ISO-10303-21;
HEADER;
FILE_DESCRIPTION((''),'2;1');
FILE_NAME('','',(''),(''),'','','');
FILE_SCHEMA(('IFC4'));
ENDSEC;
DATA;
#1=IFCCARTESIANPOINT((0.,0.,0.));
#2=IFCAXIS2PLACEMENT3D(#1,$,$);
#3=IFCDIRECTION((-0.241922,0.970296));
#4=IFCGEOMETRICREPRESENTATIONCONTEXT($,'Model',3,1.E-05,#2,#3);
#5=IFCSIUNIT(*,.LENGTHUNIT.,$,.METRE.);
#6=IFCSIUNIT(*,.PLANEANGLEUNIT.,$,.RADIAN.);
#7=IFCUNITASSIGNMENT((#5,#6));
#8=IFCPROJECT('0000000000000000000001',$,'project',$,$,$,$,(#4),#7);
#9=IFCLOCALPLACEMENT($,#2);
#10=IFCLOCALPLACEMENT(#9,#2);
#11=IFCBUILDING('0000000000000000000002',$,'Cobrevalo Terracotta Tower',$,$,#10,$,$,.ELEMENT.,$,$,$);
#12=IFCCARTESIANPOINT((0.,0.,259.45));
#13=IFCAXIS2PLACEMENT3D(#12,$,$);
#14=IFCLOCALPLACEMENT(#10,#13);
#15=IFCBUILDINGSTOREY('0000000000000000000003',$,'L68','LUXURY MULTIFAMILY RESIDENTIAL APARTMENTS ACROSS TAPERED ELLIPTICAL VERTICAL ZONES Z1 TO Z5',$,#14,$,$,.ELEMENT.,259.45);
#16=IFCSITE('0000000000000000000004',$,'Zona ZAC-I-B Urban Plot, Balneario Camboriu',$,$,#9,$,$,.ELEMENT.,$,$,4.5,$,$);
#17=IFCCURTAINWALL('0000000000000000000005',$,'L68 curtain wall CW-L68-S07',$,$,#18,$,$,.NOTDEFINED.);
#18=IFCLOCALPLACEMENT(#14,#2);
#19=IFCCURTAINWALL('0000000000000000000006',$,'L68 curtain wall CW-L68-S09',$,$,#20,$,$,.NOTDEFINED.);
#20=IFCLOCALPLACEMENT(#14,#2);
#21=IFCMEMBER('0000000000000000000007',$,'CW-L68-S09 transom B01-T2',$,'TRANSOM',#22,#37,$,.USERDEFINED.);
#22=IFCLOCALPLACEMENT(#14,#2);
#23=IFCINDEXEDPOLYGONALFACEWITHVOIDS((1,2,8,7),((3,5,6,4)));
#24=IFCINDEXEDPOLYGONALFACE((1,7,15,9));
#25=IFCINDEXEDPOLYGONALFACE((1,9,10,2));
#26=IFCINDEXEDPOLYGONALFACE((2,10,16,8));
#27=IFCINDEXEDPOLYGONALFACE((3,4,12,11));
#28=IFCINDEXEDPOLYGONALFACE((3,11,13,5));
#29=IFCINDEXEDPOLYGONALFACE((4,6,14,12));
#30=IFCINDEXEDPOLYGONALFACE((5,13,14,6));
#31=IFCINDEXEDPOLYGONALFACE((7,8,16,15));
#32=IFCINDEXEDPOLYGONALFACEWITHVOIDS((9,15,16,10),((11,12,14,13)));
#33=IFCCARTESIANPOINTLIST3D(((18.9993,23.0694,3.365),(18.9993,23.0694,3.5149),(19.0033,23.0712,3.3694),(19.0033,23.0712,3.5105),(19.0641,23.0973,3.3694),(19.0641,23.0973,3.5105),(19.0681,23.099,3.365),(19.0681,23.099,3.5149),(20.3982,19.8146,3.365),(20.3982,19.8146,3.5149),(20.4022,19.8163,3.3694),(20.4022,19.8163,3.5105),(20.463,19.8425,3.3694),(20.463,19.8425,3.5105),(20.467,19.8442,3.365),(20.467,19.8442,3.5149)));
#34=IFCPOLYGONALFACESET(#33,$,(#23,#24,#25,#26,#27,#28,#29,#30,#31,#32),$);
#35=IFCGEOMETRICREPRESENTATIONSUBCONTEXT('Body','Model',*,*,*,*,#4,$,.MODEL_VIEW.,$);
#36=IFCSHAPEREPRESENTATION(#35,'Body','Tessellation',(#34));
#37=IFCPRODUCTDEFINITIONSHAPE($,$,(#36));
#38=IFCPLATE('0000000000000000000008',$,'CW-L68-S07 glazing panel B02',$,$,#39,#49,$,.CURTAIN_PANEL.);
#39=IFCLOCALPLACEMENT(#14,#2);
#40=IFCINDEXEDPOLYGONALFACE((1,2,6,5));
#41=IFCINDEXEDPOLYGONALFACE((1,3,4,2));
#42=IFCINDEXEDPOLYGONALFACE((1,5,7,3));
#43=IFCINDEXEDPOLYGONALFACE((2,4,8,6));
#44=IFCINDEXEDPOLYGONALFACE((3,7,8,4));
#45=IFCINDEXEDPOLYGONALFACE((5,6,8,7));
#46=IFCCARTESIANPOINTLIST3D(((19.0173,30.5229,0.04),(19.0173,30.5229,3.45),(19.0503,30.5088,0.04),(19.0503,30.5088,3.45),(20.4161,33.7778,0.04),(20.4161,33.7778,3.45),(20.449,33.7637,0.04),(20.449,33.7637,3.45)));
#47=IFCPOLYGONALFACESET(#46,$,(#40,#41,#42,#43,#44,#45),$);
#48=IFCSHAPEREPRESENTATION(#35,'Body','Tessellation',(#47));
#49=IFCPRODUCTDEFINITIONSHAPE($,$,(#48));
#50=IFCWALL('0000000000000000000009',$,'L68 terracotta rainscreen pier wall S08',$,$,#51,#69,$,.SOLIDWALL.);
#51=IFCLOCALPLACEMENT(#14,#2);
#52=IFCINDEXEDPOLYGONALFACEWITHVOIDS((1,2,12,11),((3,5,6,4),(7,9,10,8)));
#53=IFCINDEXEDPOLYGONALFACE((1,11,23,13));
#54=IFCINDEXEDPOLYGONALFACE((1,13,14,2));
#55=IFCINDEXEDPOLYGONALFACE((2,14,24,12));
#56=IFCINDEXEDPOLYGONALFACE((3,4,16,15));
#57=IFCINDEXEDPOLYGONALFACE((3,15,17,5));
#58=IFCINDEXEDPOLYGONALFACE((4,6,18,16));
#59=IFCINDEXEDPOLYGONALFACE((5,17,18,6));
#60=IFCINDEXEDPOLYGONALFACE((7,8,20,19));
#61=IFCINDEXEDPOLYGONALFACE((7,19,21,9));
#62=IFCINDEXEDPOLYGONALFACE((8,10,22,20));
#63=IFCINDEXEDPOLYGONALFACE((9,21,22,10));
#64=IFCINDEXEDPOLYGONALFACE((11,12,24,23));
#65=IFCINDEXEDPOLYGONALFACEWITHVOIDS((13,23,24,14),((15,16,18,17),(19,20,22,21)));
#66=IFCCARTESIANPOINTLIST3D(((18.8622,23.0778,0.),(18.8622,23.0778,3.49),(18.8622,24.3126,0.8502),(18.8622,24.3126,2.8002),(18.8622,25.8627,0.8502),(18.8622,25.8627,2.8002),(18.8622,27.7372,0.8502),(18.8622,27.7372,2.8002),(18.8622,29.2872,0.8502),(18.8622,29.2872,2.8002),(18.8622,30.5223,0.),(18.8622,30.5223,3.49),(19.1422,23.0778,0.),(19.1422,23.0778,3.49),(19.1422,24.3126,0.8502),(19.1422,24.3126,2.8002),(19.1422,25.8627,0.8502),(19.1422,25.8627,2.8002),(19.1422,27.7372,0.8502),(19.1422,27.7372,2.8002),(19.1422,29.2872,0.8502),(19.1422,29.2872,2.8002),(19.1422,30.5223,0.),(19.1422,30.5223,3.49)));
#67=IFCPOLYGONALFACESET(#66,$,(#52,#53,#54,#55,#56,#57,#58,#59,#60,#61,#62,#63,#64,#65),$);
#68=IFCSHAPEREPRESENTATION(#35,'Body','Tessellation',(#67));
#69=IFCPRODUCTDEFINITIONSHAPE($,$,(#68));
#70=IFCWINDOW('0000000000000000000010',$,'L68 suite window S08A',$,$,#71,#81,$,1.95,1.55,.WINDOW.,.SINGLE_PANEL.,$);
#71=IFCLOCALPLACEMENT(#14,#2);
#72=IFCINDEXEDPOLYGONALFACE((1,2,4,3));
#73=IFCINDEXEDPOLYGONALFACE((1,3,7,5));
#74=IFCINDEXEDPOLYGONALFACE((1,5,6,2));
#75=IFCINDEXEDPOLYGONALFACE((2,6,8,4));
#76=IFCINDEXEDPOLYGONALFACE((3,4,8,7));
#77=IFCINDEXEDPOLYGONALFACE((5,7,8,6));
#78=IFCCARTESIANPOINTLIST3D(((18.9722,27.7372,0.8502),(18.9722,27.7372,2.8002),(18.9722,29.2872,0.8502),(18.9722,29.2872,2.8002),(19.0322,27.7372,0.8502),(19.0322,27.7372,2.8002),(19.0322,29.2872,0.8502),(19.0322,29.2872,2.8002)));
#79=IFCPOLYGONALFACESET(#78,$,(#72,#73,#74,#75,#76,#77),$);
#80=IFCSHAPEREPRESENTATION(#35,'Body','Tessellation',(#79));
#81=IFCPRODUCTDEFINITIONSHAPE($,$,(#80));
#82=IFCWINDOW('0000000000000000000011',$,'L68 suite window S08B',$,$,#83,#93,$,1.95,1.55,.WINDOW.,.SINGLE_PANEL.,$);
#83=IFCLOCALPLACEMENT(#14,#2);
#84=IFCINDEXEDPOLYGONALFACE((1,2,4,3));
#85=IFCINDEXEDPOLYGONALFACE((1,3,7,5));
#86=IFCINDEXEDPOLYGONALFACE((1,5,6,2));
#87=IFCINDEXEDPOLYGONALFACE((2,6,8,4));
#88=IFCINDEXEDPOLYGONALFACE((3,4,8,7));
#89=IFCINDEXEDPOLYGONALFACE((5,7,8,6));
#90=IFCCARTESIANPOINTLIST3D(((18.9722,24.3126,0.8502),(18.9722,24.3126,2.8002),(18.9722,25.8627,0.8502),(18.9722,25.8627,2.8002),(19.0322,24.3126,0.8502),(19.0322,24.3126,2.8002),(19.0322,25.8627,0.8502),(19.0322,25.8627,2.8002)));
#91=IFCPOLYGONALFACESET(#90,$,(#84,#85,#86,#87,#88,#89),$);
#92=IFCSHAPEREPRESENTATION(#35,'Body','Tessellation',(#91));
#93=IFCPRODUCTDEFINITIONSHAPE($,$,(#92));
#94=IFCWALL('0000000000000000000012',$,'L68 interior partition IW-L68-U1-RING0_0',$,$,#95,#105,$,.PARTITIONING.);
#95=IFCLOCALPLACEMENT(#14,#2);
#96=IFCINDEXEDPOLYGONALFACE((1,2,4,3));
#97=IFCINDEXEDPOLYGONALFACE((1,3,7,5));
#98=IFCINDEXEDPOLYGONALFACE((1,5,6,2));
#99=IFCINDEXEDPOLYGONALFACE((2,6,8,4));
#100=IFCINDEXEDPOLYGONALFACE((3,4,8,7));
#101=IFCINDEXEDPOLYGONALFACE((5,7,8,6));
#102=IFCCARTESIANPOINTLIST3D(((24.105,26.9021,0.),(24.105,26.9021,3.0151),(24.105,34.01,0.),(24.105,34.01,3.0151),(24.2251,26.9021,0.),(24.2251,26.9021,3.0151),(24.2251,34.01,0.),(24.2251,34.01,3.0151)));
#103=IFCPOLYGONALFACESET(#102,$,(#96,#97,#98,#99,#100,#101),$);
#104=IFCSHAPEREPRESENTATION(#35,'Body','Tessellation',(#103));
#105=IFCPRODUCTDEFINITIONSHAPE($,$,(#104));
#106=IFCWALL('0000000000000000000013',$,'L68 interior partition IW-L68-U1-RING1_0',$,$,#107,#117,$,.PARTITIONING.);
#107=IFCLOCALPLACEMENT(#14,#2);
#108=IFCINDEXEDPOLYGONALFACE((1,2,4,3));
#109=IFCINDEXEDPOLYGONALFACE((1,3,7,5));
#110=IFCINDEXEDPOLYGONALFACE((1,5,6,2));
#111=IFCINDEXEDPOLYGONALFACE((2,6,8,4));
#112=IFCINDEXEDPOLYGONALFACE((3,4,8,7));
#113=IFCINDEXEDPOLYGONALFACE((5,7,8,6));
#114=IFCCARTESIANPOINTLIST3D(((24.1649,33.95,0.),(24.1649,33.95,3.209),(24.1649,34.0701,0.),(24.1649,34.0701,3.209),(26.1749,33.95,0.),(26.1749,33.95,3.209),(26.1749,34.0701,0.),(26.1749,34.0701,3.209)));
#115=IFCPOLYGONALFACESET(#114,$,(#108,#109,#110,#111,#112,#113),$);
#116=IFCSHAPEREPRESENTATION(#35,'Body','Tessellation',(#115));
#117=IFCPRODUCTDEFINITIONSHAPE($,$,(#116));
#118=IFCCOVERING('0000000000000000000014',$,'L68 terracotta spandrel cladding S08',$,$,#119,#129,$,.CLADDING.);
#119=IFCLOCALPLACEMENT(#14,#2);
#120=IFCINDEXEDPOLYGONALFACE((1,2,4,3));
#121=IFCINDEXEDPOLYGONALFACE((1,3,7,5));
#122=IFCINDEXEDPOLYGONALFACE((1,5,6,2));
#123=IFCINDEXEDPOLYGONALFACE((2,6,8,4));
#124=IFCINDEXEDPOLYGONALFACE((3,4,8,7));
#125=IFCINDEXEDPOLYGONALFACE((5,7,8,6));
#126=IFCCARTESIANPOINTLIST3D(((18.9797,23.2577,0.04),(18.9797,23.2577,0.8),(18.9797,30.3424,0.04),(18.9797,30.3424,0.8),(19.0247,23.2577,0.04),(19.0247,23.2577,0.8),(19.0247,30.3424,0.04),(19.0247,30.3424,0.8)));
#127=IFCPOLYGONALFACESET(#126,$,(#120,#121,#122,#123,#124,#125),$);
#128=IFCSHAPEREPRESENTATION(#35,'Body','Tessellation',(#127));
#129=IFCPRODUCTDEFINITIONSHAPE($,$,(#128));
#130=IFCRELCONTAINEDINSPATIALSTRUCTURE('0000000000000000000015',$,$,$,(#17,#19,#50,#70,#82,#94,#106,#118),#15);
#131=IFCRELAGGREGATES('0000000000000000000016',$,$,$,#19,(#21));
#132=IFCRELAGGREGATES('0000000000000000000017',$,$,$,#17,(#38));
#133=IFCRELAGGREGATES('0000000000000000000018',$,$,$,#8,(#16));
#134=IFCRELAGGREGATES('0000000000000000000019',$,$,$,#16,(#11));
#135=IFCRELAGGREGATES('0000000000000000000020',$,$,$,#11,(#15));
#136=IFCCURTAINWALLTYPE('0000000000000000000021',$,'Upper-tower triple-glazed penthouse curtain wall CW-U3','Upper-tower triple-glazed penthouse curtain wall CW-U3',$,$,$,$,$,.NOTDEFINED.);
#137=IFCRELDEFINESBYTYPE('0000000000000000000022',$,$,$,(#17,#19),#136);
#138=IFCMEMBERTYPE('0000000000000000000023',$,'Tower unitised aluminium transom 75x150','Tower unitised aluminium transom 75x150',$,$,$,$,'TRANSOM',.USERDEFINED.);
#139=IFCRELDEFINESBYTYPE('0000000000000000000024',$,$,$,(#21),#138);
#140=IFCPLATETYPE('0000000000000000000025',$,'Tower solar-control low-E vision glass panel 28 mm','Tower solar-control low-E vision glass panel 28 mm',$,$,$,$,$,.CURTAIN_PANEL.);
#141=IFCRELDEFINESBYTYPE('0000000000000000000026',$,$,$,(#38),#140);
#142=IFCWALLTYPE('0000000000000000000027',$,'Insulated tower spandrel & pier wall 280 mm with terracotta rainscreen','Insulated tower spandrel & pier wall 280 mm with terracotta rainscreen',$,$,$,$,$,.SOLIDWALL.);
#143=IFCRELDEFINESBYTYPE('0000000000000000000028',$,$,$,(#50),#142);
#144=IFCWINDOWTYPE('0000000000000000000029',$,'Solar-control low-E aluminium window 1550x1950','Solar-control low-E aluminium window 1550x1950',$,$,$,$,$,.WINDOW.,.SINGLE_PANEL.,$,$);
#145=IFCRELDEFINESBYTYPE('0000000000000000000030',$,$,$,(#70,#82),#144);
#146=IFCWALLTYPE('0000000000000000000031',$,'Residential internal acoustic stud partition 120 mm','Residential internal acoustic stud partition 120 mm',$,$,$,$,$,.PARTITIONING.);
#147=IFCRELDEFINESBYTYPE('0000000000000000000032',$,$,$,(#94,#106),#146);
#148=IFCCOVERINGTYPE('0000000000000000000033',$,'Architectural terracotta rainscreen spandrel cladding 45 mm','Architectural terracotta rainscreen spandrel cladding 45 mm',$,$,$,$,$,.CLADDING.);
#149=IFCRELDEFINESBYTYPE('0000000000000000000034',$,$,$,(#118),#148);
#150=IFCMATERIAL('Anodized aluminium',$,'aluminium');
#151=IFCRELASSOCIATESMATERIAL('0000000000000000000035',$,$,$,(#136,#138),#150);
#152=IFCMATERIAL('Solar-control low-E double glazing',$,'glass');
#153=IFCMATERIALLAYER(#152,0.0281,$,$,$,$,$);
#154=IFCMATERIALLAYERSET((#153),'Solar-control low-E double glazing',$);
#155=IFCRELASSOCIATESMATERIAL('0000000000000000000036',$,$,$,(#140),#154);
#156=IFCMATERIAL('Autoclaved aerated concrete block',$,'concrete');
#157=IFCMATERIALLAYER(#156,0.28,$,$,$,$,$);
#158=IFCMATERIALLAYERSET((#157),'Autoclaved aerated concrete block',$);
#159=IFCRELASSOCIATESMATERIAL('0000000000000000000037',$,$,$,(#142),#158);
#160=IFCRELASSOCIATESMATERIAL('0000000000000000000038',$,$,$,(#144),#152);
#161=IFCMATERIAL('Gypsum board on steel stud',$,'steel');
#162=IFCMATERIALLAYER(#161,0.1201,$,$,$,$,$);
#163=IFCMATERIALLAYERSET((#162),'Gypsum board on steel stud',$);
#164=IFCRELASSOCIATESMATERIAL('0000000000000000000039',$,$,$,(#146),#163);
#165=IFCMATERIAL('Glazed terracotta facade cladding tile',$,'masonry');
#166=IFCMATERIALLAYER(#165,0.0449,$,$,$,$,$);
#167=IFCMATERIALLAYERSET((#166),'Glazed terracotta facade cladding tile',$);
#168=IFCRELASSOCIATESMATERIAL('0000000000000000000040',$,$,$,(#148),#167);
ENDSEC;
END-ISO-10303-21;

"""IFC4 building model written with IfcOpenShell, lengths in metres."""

from ifc_helpers import new_model, si_unit, direction, frame, frame_2d, origin, origin_2d, place, context, subcontext, project, spatial, rectangle, hollow_rectangle, extrude, source, transform, mapped, material, layer, layer_set, material_profile, profile_set, type_object, element, fill, aggregate, save


model = new_model("IFC4")

# Units and contexts
model_context = context("Model", 3, precision=1e-05, world=origin(), true_north=direction((-0.241922, 0.970296)))
body_context = subcontext(model_context, "Body", "Model", "MODEL_VIEW")
ifc_project = project(units=[si_unit("LENGTHUNIT", "METRE"), si_unit("PLANEANGLEUNIT", "RADIAN")], contexts=[model_context])

# Site, building, storey
site_placement = place(None, origin())
site = spatial("IfcSite", under=ifc_project, at=site_placement, Name="Zona ZAC-I-B Urban Plot, Balneario Camboriu", CompositionType="ELEMENT", RefElevation=4.5)
building_placement = place(site_placement, origin())
building = spatial("IfcBuilding", under=site, at=building_placement, Name="Cobrevalo Terracotta Tower", CompositionType="ELEMENT")
storey_placement = place(building_placement, frame((0.0, 0.0, 259.45)))
storey = spatial("IfcBuildingStorey", under=building, at=storey_placement, Name="L68", Description="LUXURY MULTIFAMILY RESIDENTIAL APARTMENTS ACROSS TAPERED ELLIPTICAL VERTICAL ZONES Z1 TO Z5", CompositionType="ELEMENT", Elevation=259.45)

# Curtain wall
ifc_material_1 = material(Name="Anodized aluminium", Category="aluminium")
curtain_wall_type = type_object("IfcCurtainWallType", Name="Upper-tower triple-glazed penthouse curtain wall CW-U3", Description="Upper-tower triple-glazed penthouse curtain wall CW-U3", PredefinedType="NOTDEFINED", material=ifc_material_1)
curtain_wall_1_placement = place(storey_placement, origin())
curtain_wall_1 = element("IfcCurtainWall", 1, at=curtain_wall_1_placement, inside=storey, type_object=curtain_wall_type, Name="L68 curtain wall CW-L68-S07", PredefinedType="NOTDEFINED")

# Curtain wall
curtain_wall_2_placement = place(storey_placement, origin())
curtain_wall_2 = element("IfcCurtainWall", 2, at=curtain_wall_2_placement, inside=storey, type_object=curtain_wall_type, Name="L68 curtain wall CW-L68-S09", PredefinedType="NOTDEFINED")

# Member
ifc_material_profile_1 = material_profile(ifc_material_1, hollow_rectangle(XDim=0.075, YDim=0.1499, WallThickness=0.0044, at=origin_2d()), Name="CWT 75x150")
ifc_profile_set_1 = profile_set([ifc_material_profile_1], Name="Anodized aluminium")
member_type_1 = type_object("IfcMemberType", Name="Tower unitised aluminium transom 75x150", Description="Tower unitised aluminium transom 75x150", ElementType="TRANSOM", PredefinedType="USERDEFINED", material=ifc_profile_set_1)
shared_shape_1 = source(origin(), body_context, "Body", "SweptSolid", [
    extrude(hollow_rectangle(XDim=0.075, YDim=0.1499, WallThickness=0.0044, at=origin_2d()), origin(), (0.0, 0.0, 1.0), 3.5427),
])
member_1_placement = place(storey_placement, frame((19.0337, 23.0842, 3.4399), z_axis=(0.394867, -0.918738, 0.0), x_axis=(0.918738, 0.394867, 0.0)))
member_1 = element("IfcMember", 3, at=member_1_placement, type_object=member_type_1, Name="CW-L68-S09 transom B01-T2", ObjectType="TRANSOM", PredefinedType="USERDEFINED", context=body_context, shape_type="MappedRepresentation", body=[
    mapped(shared_shape_1, transform((0.0, 0.0, 0.0), scale=1.0)),
])
aggregate(curtain_wall_2, [member_1])

# Plate
ifc_material_2 = material(Name="Solar-control low-E double glazing", Category="glass")
ifc_layer_1 = layer(ifc_material_2, 0.0281)
ifc_layer_set_1 = layer_set([ifc_layer_1], Name="Solar-control low-E double glazing")
plate_type = type_object("IfcPlateType", Name="Tower solar-control low-E vision glass panel 28 mm", Description="Tower solar-control low-E vision glass panel 28 mm", PredefinedType="CURTAIN_PANEL", material=ifc_layer_set_1)
shared_shape_2 = source(origin(), body_context, "Body", "SweptSolid", [
    extrude(rectangle(XDim=3.5427, YDim=0.0359, at=origin_2d()), origin(), (0.0, 0.0, 1.0), 3.4099),
])
plate_placement = place(storey_placement, frame((19.7332, 32.1433, 0.04), z_axis=(0.0, 0.0, 1.0), x_axis=(-0.394829, -0.918755, 0.0)))
plate = element("IfcPlate", 4, at=plate_placement, type_object=plate_type, Name="CW-L68-S07 glazing panel B02", PredefinedType="CURTAIN_PANEL", context=body_context, shape_type="MappedRepresentation", body=[
    mapped(shared_shape_2, transform((0.0, 0.0, 0.0), scale=1.0)),
])
aggregate(curtain_wall_1, [plate])

# Wall, openings, windows
ifc_material_3 = material(Name="Autoclaved aerated concrete block", Category="concrete")
ifc_layer_2 = layer(ifc_material_3, 0.28)
ifc_layer_set_2 = layer_set([ifc_layer_2], Name="Autoclaved aerated concrete block")
wall_type_1 = type_object("IfcWallType", Name="Insulated tower spandrel & pier wall 280 mm with terracotta rainscreen", Description="Insulated tower spandrel & pier wall 280 mm with terracotta rainscreen", PredefinedType="SOLIDWALL", material=ifc_layer_set_2)
wall_1_placement = place(storey_placement, frame((19.0022, 30.5222, 0.0), z_axis=(0.0, 0.0, 1.0), x_axis=(0.0, -1.0, 0.0)))
wall_1 = element("IfcWall", 5, at=wall_1_placement, inside=storey, type_object=wall_type_1, Name="L68 terracotta rainscreen pier wall S08", PredefinedType="SOLIDWALL", context=body_context, shape_type="SweptSolid", body=[
    extrude(rectangle(XDim=7.4446, YDim=0.28, at=frame_2d((3.7222, 0.0))), origin(), (0.0, 0.0, 1.0), 3.49),
])
opening_1_placement = place(wall_1_placement, frame((1.2351, 0.0, 0.8501)))
opening_1 = element("IfcOpeningElement", 6, at=opening_1_placement, cuts=wall_1, PredefinedType="OPENING", context=body_context, shape_type="SweptSolid", body=[
    extrude(rectangle(XDim=1.55, YDim=1.95, at=frame_2d((0.7749, 0.9751))), frame((0.0, 0.1499, 0.0), z_axis=(0.0, -1.0, 0.0), x_axis=(1.0, 0.0, 0.0)), (0.0, 0.0, 1.0), 0.3),
])
opening_2_placement = place(wall_1_placement, frame((4.6597, 0.0, 0.8501)))
opening_2 = element("IfcOpeningElement", 7, at=opening_2_placement, cuts=wall_1, PredefinedType="OPENING", context=body_context, shape_type="SweptSolid", body=[
    extrude(rectangle(XDim=1.55, YDim=1.95, at=frame_2d((0.7749, 0.9751))), frame((0.0, 0.1499, 0.0), z_axis=(0.0, -1.0, 0.0), x_axis=(1.0, 0.0, 0.0)), (0.0, 0.0, 1.0), 0.3),
])
window_type = type_object("IfcWindowType", Name="Solar-control low-E aluminium window 1550x1950", Description="Solar-control low-E aluminium window 1550x1950", PartitioningType="SINGLE_PANEL", PredefinedType="WINDOW", material=ifc_material_2)
shared_shape_3 = source(origin(), body_context, "Body", "SweptSolid", [
    extrude(rectangle(XDim=1.55, YDim=1.95, at=frame_2d((0.7749, 0.9751))), frame((0.0, 0.03, 0.0), z_axis=(0.0, -1.0, 0.0), x_axis=(1.0, 0.0, 0.0)), (0.0, 0.0, 1.0), 0.0601),
])
window_1_placement = place(opening_1_placement, origin())
window_1 = element("IfcWindow", 8, at=window_1_placement, inside=storey, type_object=window_type, Name="L68 suite window S08A", OverallHeight=1.95, OverallWidth=1.55, PartitioningType="SINGLE_PANEL", PredefinedType="WINDOW", context=body_context, shape_type="MappedRepresentation", body=[
    mapped(shared_shape_3, transform((0.0, 0.0, 0.0), scale=1.0)),
])
fill(opening_1, window_1)
window_2_placement = place(opening_2_placement, origin())
window_2 = element("IfcWindow", 9, at=window_2_placement, inside=storey, type_object=window_type, Name="L68 suite window S08B", OverallHeight=1.95, OverallWidth=1.55, PartitioningType="SINGLE_PANEL", PredefinedType="WINDOW", context=body_context, shape_type="MappedRepresentation", body=[
    mapped(shared_shape_3, transform((0.0, 0.0, 0.0), scale=1.0)),
])
fill(opening_2, window_2)

# Walls
ifc_material_4 = material(Name="Gypsum board on steel stud", Category="steel")
ifc_layer_3 = layer(ifc_material_4, 0.1201)
ifc_layer_set_3 = layer_set([ifc_layer_3], Name="Gypsum board on steel stud")
wall_type_2 = type_object("IfcWallType", Name="Residential internal acoustic stud partition 120 mm", Description="Residential internal acoustic stud partition 120 mm", PredefinedType="PARTITIONING", material=ifc_layer_set_3)
wall_2_placement = place(storey_placement, frame((24.165, 26.9021, 0.0), z_axis=(0.0, 0.0, 1.0), x_axis=(0.0, 1.0, 0.0)))
element("IfcWall", 10, at=wall_2_placement, inside=storey, type_object=wall_type_2, Name="L68 interior partition IW-L68-U1-RING0_0", PredefinedType="PARTITIONING", context=body_context, shape_type="SweptSolid", body=[
    extrude(rectangle(XDim=7.1079, YDim=0.1201, at=frame_2d((3.554, 0.0))), origin(), (0.0, 0.0, 1.0), 3.0151),
])
wall_3_placement = place(storey_placement, frame((24.165, 34.01, 0.0), z_axis=(0.0, 0.0, 1.0), x_axis=(1.0, 0.0, 0.0)))
element("IfcWall", 11, at=wall_3_placement, inside=storey, type_object=wall_type_2, Name="L68 interior partition IW-L68-U1-RING1_0", PredefinedType="PARTITIONING", context=body_context, shape_type="SweptSolid", body=[
    extrude(rectangle(XDim=2.01, YDim=0.1201, at=frame_2d((1.0049, 0.0))), origin(), (0.0, 0.0, 1.0), 3.209),
])

# Covering
ifc_material_5 = material(Name="Glazed terracotta facade cladding tile", Category="masonry")
ifc_layer_4 = layer(ifc_material_5, 0.0449)
ifc_layer_set_4 = layer_set([ifc_layer_4], Name="Glazed terracotta facade cladding tile")
covering_type = type_object("IfcCoveringType", Name="Architectural terracotta rainscreen spandrel cladding 45 mm", Description="Architectural terracotta rainscreen spandrel cladding 45 mm", PredefinedType="CLADDING", material=ifc_layer_set_4)
shared_shape_4 = source(origin(), body_context, "Body", "SweptSolid", [
    extrude(rectangle(XDim=7.0847, YDim=0.0449, at=origin_2d()), origin(), (0.0, 0.0, 1.0), 0.76),
])
covering_placement = place(storey_placement, frame((19.0022, 26.8, 0.04), z_axis=(0.0, 0.0, 1.0), x_axis=(0.0, -1.0, 0.0)))
element("IfcCovering", 12, at=covering_placement, inside=storey, type_object=covering_type, Name="L68 terracotta spandrel cladding S08", PredefinedType="CLADDING", context=body_context, shape_type="MappedRepresentation", body=[
    mapped(shared_shape_4, transform((0.0, 0.0, 0.0), scale=1.0)),
])

save(model, "model.ifc")
